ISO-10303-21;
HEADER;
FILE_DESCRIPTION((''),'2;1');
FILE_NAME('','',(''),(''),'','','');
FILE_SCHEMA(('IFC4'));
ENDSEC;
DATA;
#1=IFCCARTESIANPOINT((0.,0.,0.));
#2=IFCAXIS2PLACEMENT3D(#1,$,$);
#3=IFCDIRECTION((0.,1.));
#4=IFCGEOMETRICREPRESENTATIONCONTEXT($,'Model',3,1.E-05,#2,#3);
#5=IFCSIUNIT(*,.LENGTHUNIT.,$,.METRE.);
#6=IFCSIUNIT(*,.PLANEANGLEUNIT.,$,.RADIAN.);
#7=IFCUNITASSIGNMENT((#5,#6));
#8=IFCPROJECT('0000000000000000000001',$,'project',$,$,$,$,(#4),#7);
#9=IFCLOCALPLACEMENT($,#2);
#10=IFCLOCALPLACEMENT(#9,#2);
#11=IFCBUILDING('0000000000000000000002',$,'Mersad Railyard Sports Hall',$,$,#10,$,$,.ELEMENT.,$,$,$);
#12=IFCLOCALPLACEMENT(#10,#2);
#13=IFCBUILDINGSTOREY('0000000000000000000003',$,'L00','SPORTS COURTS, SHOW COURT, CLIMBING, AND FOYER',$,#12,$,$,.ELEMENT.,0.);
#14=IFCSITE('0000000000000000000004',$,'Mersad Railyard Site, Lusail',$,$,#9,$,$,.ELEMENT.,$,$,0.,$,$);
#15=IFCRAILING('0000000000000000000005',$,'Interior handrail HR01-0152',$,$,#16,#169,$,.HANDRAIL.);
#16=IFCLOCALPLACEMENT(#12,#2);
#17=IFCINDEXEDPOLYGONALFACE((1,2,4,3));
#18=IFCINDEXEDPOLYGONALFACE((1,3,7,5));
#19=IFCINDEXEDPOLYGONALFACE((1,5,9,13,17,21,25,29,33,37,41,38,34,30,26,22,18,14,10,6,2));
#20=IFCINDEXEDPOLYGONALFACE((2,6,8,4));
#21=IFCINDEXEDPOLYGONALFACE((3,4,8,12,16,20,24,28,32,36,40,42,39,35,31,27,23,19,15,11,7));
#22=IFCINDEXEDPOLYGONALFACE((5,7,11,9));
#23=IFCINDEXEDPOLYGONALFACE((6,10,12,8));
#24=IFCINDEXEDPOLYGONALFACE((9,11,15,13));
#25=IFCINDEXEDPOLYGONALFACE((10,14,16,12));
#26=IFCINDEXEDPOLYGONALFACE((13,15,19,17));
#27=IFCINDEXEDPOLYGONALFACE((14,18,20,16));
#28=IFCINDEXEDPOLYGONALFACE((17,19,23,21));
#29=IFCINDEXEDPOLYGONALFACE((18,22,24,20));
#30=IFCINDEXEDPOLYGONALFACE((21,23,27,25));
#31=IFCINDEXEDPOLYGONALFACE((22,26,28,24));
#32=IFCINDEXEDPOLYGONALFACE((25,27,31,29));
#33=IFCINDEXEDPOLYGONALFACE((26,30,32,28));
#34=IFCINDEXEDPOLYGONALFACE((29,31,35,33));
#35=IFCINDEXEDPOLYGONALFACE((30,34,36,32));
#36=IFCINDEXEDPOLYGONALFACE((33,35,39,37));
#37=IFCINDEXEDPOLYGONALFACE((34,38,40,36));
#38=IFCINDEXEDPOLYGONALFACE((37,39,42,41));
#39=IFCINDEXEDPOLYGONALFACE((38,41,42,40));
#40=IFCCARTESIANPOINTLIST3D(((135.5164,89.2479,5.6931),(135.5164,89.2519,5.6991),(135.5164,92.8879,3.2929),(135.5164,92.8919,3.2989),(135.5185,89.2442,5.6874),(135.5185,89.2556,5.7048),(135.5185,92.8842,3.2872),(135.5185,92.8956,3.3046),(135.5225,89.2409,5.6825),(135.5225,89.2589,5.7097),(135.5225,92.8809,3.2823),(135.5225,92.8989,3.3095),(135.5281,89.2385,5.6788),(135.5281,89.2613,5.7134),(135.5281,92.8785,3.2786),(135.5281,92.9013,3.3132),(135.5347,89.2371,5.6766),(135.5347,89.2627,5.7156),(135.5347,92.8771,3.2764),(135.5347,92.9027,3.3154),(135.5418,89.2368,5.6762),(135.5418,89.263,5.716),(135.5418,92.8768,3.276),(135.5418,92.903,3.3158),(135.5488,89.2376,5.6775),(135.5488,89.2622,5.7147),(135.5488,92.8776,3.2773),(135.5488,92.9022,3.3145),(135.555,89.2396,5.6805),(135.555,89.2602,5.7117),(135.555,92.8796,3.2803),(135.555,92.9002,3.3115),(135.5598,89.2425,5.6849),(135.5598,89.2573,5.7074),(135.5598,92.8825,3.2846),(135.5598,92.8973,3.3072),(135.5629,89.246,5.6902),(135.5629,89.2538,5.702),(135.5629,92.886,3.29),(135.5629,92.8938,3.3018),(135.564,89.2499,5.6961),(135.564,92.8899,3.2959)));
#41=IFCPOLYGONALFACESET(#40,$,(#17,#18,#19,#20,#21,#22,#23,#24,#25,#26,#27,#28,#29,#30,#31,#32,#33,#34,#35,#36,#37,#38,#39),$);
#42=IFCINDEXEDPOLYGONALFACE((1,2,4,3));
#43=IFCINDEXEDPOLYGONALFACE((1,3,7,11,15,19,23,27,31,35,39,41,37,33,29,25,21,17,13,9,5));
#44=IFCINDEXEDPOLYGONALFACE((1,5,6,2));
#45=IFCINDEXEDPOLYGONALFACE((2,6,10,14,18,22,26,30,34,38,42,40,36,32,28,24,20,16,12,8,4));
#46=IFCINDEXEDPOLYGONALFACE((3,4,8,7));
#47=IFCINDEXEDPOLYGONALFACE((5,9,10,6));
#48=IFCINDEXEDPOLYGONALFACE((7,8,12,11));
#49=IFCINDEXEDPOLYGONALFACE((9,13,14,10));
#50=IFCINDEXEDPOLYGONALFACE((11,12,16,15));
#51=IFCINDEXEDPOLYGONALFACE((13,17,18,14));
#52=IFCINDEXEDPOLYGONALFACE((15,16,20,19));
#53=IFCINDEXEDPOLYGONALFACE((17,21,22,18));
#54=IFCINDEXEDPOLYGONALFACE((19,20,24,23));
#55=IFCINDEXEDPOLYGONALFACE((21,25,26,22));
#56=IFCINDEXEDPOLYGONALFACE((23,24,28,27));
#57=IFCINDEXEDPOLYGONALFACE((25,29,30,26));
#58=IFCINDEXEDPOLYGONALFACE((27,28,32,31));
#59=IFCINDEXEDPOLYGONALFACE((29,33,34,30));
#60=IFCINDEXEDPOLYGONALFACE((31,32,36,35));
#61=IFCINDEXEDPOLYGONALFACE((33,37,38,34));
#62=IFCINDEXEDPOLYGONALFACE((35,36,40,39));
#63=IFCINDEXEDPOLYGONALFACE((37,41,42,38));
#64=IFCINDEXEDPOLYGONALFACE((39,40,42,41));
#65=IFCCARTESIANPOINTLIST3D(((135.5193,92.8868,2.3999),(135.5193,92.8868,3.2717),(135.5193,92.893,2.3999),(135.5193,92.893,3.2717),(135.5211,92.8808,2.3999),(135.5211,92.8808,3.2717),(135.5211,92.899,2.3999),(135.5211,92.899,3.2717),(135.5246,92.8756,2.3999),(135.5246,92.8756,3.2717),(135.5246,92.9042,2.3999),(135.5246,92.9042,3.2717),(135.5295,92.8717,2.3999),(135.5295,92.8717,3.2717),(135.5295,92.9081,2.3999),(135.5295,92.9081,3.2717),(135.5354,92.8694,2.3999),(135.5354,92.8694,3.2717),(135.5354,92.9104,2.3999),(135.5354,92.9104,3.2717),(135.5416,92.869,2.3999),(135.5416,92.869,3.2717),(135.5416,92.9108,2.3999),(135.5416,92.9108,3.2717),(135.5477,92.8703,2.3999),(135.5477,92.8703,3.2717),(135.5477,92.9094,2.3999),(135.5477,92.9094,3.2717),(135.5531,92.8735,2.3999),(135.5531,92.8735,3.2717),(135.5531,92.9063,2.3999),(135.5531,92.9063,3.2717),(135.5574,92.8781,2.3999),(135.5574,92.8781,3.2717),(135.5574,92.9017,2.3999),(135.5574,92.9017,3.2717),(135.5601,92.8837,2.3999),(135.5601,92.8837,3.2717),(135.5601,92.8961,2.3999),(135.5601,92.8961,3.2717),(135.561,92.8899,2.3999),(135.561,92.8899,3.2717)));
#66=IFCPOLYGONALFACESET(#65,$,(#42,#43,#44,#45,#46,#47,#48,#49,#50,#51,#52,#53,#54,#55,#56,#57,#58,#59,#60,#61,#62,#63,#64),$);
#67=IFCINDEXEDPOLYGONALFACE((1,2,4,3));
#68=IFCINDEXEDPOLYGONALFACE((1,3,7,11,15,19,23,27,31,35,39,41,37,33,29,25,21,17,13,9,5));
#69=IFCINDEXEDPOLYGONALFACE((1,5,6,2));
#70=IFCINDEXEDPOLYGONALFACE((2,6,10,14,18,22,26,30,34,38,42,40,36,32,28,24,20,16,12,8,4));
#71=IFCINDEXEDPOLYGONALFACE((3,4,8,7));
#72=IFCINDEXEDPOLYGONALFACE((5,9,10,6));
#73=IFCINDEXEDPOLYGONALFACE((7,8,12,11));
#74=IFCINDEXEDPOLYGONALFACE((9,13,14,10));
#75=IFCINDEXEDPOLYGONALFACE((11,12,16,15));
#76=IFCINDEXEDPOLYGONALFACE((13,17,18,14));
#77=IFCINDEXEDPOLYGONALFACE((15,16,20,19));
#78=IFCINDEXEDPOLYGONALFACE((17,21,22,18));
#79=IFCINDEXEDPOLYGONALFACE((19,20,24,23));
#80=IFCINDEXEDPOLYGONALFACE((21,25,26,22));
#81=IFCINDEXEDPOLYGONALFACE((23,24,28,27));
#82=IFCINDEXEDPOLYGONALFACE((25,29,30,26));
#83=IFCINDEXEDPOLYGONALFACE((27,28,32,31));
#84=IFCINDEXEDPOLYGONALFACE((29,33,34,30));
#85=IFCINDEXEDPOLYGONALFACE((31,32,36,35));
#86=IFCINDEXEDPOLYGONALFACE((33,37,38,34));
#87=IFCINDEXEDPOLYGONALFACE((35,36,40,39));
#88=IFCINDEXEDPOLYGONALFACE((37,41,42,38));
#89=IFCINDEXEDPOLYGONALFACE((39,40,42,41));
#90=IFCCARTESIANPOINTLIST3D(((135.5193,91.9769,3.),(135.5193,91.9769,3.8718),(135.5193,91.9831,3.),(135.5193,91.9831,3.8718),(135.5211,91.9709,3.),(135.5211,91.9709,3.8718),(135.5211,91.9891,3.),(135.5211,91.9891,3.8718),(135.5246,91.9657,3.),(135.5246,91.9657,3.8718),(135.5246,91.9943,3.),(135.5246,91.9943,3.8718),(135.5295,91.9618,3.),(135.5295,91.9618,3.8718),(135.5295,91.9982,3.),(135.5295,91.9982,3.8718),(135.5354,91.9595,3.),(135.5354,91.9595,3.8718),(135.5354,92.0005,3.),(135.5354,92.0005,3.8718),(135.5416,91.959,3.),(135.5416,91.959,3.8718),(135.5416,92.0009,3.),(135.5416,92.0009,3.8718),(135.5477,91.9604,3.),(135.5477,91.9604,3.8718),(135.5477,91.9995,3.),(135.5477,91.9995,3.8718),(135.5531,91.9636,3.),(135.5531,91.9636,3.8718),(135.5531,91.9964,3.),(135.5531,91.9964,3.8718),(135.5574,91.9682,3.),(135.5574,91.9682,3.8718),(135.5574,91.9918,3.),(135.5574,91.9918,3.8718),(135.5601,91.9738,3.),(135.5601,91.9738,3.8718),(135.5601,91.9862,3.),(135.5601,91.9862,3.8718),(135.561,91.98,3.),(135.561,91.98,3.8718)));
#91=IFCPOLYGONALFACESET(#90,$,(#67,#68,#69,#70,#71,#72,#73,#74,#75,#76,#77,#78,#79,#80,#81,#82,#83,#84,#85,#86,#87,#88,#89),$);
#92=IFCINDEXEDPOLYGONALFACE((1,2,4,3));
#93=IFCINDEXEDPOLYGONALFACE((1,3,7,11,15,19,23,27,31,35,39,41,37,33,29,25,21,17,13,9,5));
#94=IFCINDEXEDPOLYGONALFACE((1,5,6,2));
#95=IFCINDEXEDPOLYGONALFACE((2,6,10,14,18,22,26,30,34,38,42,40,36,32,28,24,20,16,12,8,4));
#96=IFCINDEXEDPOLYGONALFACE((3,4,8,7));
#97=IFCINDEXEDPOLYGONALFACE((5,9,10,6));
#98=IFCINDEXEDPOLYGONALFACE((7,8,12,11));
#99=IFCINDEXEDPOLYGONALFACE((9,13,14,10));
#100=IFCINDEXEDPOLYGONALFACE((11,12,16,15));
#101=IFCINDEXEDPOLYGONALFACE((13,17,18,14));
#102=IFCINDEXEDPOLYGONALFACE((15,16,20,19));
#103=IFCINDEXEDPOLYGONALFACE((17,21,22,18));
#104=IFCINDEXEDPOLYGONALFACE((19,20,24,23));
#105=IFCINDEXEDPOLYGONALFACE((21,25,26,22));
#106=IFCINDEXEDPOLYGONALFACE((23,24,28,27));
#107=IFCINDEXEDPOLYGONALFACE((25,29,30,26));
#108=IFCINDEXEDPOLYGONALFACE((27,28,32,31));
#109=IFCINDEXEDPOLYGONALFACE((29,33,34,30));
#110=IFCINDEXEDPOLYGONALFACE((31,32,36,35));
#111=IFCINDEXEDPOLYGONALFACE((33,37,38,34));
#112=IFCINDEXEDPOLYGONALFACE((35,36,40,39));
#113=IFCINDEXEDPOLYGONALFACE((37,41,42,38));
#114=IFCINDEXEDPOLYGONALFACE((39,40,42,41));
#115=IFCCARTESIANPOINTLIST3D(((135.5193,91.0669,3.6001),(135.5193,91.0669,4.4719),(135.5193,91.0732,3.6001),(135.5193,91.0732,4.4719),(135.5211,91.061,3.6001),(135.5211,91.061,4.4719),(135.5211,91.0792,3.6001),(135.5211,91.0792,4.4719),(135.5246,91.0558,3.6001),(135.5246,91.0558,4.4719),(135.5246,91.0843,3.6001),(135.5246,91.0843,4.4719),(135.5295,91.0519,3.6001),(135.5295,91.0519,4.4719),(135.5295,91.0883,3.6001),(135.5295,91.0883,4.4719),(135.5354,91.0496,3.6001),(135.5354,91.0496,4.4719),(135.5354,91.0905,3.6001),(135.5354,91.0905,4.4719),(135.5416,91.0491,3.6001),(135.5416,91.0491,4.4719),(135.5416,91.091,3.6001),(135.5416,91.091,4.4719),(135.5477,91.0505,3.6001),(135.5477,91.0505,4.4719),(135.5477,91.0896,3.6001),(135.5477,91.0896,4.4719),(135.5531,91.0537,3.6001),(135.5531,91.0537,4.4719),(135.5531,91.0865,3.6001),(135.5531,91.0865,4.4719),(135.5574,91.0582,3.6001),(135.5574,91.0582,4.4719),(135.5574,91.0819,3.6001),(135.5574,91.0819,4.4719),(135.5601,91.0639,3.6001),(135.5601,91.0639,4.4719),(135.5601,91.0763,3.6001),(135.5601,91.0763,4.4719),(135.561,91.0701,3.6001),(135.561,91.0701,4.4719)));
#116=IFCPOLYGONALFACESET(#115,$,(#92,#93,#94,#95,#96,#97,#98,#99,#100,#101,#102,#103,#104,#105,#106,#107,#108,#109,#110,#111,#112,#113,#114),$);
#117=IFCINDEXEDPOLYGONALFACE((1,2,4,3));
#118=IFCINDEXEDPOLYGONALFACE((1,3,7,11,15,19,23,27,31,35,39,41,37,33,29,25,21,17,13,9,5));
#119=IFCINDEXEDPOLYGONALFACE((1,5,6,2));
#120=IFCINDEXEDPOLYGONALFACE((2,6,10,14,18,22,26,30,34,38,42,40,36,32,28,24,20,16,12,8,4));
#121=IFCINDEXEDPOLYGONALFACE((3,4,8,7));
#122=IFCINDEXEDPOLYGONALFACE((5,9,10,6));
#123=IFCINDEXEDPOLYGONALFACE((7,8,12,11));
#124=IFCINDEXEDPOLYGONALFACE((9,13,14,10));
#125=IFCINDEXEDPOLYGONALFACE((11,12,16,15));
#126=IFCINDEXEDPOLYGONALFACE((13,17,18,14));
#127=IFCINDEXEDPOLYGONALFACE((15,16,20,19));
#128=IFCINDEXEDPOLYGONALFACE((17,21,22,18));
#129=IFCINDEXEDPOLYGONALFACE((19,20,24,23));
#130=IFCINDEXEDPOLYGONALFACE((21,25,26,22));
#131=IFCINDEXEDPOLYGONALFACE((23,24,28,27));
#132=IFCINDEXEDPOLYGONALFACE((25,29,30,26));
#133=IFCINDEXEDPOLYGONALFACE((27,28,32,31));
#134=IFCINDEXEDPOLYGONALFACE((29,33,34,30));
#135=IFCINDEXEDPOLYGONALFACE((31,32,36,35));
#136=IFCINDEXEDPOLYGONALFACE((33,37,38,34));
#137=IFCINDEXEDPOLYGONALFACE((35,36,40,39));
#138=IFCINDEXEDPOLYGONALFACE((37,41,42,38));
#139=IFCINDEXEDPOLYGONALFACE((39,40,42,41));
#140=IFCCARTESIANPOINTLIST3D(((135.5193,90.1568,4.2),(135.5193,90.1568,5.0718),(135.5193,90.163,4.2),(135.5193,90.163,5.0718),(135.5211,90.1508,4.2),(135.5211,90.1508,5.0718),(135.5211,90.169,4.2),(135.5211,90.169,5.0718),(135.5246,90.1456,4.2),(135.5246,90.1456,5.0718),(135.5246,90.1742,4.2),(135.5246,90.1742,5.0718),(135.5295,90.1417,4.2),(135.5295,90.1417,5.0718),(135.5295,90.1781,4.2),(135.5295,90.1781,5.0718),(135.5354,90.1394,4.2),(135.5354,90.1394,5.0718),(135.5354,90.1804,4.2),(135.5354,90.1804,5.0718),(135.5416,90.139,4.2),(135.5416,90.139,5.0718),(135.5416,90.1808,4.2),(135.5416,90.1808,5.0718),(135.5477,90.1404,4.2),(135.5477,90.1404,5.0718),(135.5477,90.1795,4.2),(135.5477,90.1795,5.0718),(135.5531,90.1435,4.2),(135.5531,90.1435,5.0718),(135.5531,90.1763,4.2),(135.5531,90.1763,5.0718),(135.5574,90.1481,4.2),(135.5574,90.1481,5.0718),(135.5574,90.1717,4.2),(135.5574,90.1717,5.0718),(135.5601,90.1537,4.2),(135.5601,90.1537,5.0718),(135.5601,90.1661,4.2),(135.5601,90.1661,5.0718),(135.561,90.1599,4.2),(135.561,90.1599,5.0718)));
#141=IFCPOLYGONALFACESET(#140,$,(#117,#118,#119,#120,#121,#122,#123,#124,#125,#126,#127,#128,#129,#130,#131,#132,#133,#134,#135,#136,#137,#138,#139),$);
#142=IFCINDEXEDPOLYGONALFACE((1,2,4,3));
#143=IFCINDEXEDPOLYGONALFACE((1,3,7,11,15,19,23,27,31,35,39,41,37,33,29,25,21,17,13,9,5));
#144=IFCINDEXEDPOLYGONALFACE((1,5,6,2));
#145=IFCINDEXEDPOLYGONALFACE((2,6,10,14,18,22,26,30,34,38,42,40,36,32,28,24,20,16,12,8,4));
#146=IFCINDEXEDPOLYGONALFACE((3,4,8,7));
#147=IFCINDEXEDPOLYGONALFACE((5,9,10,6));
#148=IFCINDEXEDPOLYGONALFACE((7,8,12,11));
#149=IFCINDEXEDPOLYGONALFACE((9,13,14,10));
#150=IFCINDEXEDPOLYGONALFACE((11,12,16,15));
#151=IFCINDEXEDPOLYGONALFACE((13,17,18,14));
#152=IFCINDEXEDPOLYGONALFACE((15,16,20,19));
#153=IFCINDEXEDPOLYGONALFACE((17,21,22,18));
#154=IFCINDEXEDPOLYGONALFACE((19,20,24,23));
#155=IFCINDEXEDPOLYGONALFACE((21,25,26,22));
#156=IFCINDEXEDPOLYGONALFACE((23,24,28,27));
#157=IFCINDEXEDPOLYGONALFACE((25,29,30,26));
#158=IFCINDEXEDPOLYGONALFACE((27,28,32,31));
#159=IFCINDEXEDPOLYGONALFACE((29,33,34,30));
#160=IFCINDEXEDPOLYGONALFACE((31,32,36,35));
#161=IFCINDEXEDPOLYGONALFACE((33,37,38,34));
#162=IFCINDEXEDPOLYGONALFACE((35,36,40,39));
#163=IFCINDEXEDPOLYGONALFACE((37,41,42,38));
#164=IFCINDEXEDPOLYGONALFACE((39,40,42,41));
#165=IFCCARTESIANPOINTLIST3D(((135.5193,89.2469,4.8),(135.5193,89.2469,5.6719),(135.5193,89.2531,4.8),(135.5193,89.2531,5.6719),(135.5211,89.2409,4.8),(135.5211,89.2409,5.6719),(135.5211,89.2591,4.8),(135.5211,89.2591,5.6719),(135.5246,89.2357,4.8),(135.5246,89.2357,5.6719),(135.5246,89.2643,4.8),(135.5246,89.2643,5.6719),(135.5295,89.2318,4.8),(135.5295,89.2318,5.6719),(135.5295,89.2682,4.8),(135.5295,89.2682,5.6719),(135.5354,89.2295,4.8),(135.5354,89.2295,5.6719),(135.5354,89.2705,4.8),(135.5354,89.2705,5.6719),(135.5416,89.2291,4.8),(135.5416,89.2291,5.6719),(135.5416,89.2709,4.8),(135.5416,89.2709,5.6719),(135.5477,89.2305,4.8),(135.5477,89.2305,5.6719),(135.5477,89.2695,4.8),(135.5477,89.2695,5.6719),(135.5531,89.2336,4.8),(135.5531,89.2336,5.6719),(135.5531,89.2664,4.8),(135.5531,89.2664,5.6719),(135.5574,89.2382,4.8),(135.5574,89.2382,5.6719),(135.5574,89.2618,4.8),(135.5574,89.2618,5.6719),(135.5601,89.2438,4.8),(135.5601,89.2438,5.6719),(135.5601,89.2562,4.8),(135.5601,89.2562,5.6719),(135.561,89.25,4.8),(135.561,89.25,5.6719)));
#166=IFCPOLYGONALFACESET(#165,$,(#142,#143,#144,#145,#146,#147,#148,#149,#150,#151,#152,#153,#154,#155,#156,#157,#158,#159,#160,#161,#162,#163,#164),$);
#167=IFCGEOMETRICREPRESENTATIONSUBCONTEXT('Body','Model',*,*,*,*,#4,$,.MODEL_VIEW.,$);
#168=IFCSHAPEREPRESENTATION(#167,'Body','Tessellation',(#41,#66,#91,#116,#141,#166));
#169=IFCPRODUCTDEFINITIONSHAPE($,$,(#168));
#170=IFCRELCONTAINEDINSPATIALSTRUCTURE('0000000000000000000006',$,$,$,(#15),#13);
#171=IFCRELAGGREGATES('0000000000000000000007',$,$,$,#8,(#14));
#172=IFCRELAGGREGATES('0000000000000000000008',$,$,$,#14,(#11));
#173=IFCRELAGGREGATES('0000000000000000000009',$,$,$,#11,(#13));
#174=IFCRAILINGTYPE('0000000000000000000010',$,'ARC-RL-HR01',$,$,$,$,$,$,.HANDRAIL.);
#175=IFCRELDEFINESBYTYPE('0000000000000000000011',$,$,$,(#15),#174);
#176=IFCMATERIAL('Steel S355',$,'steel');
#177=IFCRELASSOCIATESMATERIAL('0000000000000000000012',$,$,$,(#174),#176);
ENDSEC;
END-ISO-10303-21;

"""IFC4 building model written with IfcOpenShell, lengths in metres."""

from ifc_helpers import new_model, si_unit, direction, frame, origin, origin_2d, place, context, subcontext, project, spatial, circle, extrude, material, type_object, element, save


model = new_model("IFC4")

# Units and contexts
model_context = context("Model", 3, precision=1e-05, world=origin(), true_north=direction((0.0, 1.0)))
body_context = subcontext(model_context, "Body", "Model", "MODEL_VIEW")
ifc_project = project(units=[si_unit("LENGTHUNIT", "METRE"), si_unit("PLANEANGLEUNIT", "RADIAN")], contexts=[model_context])

# Site, building, storey
site_placement = place(None, origin())
site = spatial("IfcSite", under=ifc_project, at=site_placement, Name="Mersad Railyard Site, Lusail", CompositionType="ELEMENT", RefElevation=0.0)
building_placement = place(site_placement, origin())
building = spatial("IfcBuilding", under=site, at=building_placement, Name="Mersad Railyard Sports Hall", CompositionType="ELEMENT")
storey_placement = place(building_placement, origin())
storey = spatial("IfcBuildingStorey", under=building, at=storey_placement, Name="L00", Description="SPORTS COURTS, SHOW COURT, CLIMBING, AND FOYER", CompositionType="ELEMENT", Elevation=0.0)

# Shared definitions
ifc_material_1 = material(Name="Steel S355", Category="steel")

# Railing
railing_type = type_object("IfcRailingType", Name="ARC-RL-HR01", PredefinedType="HANDRAIL", material=ifc_material_1)
railing_placement = place(storey_placement, frame((135.54, 92.8899, 2.3999)))
element("IfcRailing", 1, at=railing_placement, inside=storey, type_object=railing_type, Name="Interior handrail HR01-0152", PredefinedType="HANDRAIL", context=body_context, shape_type="SweptSolid", body=[
    extrude(circle(Radius=0.0239, at=origin_2d()), frame((0.0, 0.0, 0.896), z_axis=(0.0, -0.834839, 0.550493), x_axis=(1.0, 0.0, 0.0)), (0.0, 0.0, 1.0), 4.3601),
    extrude(circle(Radius=0.021, at=origin_2d()), origin(), (0.0, 0.0, 1.0), 0.8718),
    extrude(circle(Radius=0.021, at=origin_2d()), frame((0.0, -0.9099, 0.6001)), (0.0, 0.0, 1.0), 0.8718),
    extrude(circle(Radius=0.021, at=origin_2d()), frame((0.0, -1.8198, 1.2002)), (0.0, 0.0, 1.0), 0.8718),
    extrude(circle(Radius=0.021, at=origin_2d()), frame((0.0, -2.73, 1.8)), (0.0, 0.0, 1.0), 0.8718),
    extrude(circle(Radius=0.021, at=origin_2d()), frame((0.0, -3.6399, 2.4001)), (0.0, 0.0, 1.0), 0.8718),
])

save(model, "model.ifc")
